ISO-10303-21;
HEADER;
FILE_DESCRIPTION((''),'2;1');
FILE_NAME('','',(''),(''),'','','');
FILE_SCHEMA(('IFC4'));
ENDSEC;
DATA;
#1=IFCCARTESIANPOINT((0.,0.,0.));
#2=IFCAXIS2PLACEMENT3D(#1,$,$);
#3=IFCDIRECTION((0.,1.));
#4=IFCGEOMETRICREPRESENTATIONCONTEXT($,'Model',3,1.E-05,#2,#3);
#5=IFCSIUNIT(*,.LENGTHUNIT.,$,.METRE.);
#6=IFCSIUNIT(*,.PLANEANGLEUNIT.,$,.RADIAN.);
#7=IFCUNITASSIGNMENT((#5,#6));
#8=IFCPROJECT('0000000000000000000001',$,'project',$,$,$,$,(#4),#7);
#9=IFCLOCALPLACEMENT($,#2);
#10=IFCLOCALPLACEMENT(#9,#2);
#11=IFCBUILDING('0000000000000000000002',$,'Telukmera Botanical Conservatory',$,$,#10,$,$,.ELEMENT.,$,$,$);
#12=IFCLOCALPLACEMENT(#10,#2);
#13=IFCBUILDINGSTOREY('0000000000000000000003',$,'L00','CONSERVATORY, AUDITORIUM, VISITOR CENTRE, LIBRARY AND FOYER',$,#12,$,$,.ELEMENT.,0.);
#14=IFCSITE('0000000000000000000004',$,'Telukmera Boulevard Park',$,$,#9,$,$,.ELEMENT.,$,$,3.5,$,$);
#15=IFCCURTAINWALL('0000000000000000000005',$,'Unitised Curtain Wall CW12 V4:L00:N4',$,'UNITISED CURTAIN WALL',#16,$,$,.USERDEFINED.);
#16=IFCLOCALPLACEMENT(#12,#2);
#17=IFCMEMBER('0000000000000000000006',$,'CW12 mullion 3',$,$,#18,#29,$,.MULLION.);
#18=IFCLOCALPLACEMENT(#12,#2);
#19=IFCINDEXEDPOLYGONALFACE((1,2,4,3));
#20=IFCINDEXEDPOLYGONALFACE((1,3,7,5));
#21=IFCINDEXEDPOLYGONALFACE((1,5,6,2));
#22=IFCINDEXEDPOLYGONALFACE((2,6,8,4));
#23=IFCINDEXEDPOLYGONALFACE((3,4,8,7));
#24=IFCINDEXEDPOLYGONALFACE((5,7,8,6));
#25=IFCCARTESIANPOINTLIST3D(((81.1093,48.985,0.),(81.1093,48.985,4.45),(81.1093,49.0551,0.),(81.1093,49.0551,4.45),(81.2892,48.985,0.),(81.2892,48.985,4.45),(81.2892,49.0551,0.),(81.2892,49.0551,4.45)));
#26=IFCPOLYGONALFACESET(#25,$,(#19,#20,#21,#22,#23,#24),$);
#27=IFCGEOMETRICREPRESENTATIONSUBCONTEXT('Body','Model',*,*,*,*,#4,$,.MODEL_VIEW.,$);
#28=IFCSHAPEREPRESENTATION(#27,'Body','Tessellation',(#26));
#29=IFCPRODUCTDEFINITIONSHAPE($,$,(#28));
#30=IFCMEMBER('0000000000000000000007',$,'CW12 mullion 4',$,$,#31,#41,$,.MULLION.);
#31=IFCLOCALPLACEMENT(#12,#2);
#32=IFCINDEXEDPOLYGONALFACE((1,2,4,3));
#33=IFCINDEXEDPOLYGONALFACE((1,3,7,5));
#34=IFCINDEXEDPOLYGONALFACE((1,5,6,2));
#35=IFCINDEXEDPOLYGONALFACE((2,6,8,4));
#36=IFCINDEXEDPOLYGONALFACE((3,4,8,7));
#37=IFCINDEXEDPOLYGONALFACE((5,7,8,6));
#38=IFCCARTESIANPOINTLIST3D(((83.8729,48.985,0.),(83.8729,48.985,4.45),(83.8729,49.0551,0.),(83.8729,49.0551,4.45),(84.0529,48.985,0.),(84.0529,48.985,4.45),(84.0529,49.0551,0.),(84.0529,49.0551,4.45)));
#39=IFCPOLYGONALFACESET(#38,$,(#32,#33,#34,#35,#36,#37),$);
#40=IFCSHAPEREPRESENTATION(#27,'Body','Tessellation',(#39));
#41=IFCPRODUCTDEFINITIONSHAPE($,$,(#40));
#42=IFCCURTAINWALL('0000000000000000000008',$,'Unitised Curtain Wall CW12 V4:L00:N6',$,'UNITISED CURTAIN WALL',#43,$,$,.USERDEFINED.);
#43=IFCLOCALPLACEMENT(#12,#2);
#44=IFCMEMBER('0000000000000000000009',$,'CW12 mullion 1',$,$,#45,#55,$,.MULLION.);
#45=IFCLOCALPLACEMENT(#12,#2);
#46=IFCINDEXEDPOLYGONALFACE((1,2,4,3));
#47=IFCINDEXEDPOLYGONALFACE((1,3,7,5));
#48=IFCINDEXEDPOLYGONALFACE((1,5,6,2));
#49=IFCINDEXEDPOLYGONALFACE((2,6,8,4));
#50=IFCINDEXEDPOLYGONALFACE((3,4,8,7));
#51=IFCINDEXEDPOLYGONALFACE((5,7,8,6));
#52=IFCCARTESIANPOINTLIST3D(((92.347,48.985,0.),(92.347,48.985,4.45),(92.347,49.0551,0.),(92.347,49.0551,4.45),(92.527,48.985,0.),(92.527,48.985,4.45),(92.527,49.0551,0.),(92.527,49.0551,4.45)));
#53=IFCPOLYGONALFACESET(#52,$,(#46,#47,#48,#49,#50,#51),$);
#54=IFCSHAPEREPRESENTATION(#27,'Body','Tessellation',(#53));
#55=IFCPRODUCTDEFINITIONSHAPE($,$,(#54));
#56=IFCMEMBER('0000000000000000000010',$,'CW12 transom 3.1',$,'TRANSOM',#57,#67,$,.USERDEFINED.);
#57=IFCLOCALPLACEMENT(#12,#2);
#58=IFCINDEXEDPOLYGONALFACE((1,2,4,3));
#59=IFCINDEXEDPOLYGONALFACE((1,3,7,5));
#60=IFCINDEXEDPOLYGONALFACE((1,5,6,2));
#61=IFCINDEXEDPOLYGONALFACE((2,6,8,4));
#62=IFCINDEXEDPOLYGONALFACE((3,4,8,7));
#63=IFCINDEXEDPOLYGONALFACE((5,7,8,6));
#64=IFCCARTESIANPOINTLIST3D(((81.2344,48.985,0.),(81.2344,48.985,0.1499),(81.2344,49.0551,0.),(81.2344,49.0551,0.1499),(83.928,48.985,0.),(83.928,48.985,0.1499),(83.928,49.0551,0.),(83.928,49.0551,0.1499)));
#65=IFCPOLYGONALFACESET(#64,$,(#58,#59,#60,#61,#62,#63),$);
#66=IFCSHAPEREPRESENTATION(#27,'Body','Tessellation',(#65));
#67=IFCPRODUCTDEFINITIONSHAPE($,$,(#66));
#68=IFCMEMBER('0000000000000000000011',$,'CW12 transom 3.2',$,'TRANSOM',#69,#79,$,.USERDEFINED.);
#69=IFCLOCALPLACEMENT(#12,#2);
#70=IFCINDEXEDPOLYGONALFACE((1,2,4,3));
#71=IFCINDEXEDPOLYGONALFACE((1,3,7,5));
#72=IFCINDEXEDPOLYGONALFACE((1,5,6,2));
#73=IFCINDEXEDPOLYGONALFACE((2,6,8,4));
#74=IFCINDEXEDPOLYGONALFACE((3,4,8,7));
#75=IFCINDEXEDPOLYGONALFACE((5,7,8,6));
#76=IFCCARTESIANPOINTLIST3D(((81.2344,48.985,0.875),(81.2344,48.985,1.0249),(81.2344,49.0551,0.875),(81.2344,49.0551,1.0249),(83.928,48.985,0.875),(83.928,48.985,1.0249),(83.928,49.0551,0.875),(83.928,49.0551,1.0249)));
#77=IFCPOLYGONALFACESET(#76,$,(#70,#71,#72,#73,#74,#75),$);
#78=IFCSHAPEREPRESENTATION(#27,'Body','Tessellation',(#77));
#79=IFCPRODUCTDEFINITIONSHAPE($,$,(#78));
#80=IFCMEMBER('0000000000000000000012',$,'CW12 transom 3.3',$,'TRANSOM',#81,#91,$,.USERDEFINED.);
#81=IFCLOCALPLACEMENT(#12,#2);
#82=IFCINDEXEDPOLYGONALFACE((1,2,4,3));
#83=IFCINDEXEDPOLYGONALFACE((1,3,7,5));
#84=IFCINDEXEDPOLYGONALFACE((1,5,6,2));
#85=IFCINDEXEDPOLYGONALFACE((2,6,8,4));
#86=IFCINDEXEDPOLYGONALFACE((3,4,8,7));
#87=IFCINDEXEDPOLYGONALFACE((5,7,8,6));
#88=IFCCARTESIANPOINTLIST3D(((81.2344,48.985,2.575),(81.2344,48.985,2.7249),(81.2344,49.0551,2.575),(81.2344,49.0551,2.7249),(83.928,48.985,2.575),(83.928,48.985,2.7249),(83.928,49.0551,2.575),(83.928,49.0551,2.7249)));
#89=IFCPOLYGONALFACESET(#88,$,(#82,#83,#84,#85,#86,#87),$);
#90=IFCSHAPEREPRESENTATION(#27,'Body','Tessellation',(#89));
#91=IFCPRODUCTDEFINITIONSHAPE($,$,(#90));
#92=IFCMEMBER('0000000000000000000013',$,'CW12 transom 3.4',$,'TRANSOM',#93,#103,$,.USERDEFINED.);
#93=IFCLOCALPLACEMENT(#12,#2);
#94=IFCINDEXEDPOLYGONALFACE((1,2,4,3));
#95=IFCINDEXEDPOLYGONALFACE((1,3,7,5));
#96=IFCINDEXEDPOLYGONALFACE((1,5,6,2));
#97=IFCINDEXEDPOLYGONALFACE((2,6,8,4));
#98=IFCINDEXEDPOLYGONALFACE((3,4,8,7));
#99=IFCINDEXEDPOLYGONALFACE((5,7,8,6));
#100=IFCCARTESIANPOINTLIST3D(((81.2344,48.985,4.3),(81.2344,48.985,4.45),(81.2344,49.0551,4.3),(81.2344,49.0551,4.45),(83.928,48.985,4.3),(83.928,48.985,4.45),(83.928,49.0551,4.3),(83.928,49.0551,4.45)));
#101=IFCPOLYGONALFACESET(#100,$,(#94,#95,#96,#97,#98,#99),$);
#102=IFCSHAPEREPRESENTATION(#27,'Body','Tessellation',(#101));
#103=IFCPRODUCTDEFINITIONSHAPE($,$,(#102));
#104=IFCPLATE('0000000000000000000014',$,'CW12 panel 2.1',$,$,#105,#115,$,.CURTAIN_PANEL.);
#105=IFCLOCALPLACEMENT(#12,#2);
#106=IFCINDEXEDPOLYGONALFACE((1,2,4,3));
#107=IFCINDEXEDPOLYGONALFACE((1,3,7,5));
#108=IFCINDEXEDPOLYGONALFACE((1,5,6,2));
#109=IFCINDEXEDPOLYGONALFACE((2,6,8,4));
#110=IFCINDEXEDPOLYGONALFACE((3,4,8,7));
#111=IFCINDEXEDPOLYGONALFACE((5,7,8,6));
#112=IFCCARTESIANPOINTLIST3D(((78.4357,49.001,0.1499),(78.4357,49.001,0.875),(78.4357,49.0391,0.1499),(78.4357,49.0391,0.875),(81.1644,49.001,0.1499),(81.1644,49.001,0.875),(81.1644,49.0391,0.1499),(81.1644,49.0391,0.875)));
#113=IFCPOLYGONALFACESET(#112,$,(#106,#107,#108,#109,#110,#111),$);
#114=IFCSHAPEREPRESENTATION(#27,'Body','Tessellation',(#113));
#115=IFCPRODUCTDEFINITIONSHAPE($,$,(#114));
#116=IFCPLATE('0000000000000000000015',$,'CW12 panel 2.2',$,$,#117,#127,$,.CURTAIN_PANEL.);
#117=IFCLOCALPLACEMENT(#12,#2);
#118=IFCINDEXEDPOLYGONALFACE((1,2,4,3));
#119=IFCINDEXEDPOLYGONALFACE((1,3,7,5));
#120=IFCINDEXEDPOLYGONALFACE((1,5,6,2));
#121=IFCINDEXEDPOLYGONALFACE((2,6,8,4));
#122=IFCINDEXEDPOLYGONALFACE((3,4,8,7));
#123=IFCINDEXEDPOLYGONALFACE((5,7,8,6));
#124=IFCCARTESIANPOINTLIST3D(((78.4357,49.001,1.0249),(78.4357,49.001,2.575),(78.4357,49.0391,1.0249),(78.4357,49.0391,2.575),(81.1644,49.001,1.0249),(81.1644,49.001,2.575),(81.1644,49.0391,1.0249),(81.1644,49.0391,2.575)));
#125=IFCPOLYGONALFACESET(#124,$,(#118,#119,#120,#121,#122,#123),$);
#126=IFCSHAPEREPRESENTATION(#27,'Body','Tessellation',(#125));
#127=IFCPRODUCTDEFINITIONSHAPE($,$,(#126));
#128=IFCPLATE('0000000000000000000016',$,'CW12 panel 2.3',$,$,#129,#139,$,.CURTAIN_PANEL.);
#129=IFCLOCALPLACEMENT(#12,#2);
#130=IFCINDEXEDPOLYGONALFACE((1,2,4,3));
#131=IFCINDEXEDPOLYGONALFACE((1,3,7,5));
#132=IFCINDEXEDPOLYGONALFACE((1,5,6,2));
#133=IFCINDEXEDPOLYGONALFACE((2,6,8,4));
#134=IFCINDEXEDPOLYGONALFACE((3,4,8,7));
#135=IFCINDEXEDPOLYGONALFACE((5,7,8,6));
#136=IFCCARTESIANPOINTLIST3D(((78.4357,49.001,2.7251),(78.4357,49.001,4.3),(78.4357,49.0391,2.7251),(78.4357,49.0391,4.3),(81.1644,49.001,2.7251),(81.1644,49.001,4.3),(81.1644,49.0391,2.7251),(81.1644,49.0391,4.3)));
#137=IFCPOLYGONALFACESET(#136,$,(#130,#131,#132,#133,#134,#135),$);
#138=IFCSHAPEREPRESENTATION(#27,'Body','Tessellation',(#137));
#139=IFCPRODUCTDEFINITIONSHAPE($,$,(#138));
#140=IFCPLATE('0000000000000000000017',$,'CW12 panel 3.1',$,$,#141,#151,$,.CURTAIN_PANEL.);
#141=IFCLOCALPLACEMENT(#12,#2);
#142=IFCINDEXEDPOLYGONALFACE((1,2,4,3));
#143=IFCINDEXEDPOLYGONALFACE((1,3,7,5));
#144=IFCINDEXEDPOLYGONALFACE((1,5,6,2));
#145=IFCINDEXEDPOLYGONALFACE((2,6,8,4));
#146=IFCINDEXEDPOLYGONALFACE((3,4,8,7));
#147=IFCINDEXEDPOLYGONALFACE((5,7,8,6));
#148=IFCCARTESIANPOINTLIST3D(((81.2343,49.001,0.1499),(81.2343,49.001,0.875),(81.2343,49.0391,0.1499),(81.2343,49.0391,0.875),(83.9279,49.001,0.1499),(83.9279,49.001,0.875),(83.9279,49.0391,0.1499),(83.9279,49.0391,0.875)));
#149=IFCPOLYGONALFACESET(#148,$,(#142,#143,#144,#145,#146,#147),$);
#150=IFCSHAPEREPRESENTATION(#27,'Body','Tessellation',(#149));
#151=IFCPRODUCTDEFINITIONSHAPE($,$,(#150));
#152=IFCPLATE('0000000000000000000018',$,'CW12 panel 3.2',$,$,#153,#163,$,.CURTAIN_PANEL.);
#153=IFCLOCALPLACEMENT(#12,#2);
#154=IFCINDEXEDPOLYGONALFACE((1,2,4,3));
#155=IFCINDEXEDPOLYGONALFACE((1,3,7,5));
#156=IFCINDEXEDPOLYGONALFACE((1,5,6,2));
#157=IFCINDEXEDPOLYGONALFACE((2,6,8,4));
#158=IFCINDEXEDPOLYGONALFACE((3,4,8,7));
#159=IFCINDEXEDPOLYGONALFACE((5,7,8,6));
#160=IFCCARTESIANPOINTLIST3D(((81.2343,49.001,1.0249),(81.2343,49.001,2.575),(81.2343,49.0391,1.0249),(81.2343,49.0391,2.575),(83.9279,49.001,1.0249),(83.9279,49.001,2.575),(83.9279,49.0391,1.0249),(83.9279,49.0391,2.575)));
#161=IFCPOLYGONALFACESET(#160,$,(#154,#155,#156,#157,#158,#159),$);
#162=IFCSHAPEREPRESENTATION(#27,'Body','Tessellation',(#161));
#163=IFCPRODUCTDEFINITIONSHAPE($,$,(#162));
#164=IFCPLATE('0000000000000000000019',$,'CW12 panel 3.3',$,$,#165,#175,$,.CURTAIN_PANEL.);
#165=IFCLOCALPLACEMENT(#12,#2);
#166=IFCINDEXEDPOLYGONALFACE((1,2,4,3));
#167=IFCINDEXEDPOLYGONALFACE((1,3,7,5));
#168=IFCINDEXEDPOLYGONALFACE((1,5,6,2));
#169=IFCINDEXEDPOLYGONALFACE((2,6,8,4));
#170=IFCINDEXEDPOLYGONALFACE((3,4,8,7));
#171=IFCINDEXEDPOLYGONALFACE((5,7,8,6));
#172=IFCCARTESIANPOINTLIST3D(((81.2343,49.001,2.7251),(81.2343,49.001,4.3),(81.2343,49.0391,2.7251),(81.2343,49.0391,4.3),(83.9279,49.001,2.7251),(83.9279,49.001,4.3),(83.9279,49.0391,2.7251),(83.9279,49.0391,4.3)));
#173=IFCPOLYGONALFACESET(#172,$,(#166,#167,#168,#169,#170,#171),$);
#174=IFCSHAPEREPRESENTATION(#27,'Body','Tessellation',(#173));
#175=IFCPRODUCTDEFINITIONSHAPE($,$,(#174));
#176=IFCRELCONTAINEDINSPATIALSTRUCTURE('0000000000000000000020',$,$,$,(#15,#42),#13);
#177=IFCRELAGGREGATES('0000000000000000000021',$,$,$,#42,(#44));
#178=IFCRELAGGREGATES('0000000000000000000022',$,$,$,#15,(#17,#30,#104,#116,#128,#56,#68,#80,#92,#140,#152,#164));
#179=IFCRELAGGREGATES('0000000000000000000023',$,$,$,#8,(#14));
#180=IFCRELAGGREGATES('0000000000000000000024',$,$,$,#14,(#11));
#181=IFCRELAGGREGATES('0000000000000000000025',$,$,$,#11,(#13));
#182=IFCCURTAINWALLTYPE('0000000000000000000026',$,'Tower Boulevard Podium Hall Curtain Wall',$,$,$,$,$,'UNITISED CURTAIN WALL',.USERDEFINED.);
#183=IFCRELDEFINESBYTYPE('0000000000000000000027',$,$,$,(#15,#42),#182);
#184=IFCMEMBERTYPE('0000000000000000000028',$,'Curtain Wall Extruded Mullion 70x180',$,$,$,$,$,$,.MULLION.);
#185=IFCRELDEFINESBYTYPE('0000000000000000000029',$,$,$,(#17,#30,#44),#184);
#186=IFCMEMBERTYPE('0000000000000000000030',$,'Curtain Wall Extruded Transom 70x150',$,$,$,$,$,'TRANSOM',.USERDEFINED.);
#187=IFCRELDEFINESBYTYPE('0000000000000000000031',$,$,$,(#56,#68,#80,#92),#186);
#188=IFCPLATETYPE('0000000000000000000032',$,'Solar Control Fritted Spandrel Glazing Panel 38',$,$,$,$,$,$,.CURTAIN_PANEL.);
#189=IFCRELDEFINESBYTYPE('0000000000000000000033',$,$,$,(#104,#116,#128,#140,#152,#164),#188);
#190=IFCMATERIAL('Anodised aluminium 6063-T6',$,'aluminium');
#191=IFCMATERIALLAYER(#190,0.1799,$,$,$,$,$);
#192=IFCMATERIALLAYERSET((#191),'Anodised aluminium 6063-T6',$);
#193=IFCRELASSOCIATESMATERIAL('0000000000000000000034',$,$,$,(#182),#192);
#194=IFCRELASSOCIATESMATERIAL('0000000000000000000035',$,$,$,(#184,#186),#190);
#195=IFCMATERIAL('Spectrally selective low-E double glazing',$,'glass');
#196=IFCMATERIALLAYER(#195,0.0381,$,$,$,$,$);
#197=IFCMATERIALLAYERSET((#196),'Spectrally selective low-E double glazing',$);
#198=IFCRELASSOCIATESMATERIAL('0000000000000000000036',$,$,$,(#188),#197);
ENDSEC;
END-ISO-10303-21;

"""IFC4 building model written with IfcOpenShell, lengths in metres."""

from ifc_helpers import new_model, si_unit, direction, frame, origin, origin_2d, place, context, subcontext, project, spatial, rectangle, extrude, material, layer, layer_set, material_profile, profile_set, type_object, element, aggregate, save


model = new_model("IFC4")

# Units and contexts
model_context = context("Model", 3, precision=1e-05, world=origin(), true_north=direction((0.0, 1.0)))
body_context = subcontext(model_context, "Body", "Model", "MODEL_VIEW")
ifc_project = project(units=[si_unit("LENGTHUNIT", "METRE"), si_unit("PLANEANGLEUNIT", "RADIAN")], contexts=[model_context])

# Site, building, storey
site_placement = place(None, origin())
site = spatial("IfcSite", under=ifc_project, at=site_placement, Name="Telukmera Boulevard Park", CompositionType="ELEMENT", RefElevation=3.5)
building_placement = place(site_placement, origin())
building = spatial("IfcBuilding", under=site, at=building_placement, Name="Telukmera Botanical Conservatory", CompositionType="ELEMENT")
storey_placement = place(building_placement, origin())
storey = spatial("IfcBuildingStorey", under=building, at=storey_placement, Name="L00", Description="CONSERVATORY, AUDITORIUM, VISITOR CENTRE, LIBRARY AND FOYER", CompositionType="ELEMENT", Elevation=0.0)

# Curtain wall, members
ifc_material_1 = material(Name="Anodised aluminium 6063-T6", Category="aluminium")
ifc_layer_1 = layer(ifc_material_1, 0.1799)
ifc_layer_set_1 = layer_set([ifc_layer_1], Name="Anodised aluminium 6063-T6")
curtain_wall_type = type_object("IfcCurtainWallType", Name="Tower Boulevard Podium Hall Curtain Wall", ElementType="UNITISED CURTAIN WALL", PredefinedType="USERDEFINED", material=ifc_layer_set_1)
curtain_wall_1_placement = place(storey_placement, origin())
curtain_wall_1 = element("IfcCurtainWall", 1, at=curtain_wall_1_placement, inside=storey, type_object=curtain_wall_type, Name="Unitised Curtain Wall CW12 V4:L00:N4", ObjectType="UNITISED CURTAIN WALL", PredefinedType="USERDEFINED")
ifc_material_profile_1 = material_profile(ifc_material_1, rectangle(XDim=0.0701, YDim=0.1799, at=origin_2d()), Name="ALU MULL 70x180")
ifc_profile_set_1 = profile_set([ifc_material_profile_1], Name="Anodised aluminium 6063-T6")
member_type_1 = type_object("IfcMemberType", Name="Curtain Wall Extruded Mullion 70x180", PredefinedType="MULLION", material=ifc_profile_set_1)
member_1_placement = place(storey_placement, frame((81.1992, 49.02, 0.0), z_axis=(0.0, 0.0, 1.0), x_axis=(0.0, 1.0, 0.0)))
member_1 = element("IfcMember", 2, at=member_1_placement, type_object=member_type_1, Name="CW12 mullion 3", PredefinedType="MULLION", context=body_context, shape_type="SweptSolid", body=[
    extrude(rectangle(XDim=0.0701, YDim=0.1799, at=origin_2d()), origin(), (0.0, 0.0, 1.0), 4.45),
])
member_2_placement = place(storey_placement, frame((83.9629, 49.02, 0.0), z_axis=(0.0, 0.0, 1.0), x_axis=(0.0, 1.0, 0.0)))
member_2 = element("IfcMember", 3, at=member_2_placement, type_object=member_type_1, Name="CW12 mullion 4", PredefinedType="MULLION", context=body_context, shape_type="SweptSolid", body=[
    extrude(rectangle(XDim=0.0701, YDim=0.1799, at=origin_2d()), origin(), (0.0, 0.0, 1.0), 4.45),
])

# Curtain wall, member
curtain_wall_2_placement = place(storey_placement, origin())
curtain_wall_2 = element("IfcCurtainWall", 4, at=curtain_wall_2_placement, inside=storey, type_object=curtain_wall_type, Name="Unitised Curtain Wall CW12 V4:L00:N6", ObjectType="UNITISED CURTAIN WALL", PredefinedType="USERDEFINED")
member_3_placement = place(storey_placement, frame((92.437, 49.02, 0.0), z_axis=(0.0, 0.0, 1.0), x_axis=(0.0, 1.0, 0.0)))
member_3 = element("IfcMember", 5, at=member_3_placement, type_object=member_type_1, Name="CW12 mullion 1", PredefinedType="MULLION", context=body_context, shape_type="SweptSolid", body=[
    extrude(rectangle(XDim=0.0701, YDim=0.1799, at=origin_2d()), origin(), (0.0, 0.0, 1.0), 4.45),
])
aggregate(curtain_wall_2, [member_3])

# Members
ifc_material_profile_2 = material_profile(ifc_material_1, rectangle(XDim=0.0701, YDim=0.1499, at=origin_2d()), Name="ALU TRAN 70x150")
ifc_profile_set_2 = profile_set([ifc_material_profile_2], Name="Anodised aluminium 6063-T6")
member_type_2 = type_object("IfcMemberType", Name="Curtain Wall Extruded Transom 70x150", ElementType="TRANSOM", PredefinedType="USERDEFINED", material=ifc_profile_set_2)
member_4_placement = place(storey_placement, frame((81.2344, 49.02, 0.075), z_axis=(1.0, 0.0, 0.0), x_axis=(0.0, 1.0, 0.0)))
member_4 = element("IfcMember", 6, at=member_4_placement, type_object=member_type_2, Name="CW12 transom 3.1", ObjectType="TRANSOM", PredefinedType="USERDEFINED", context=body_context, shape_type="SweptSolid", body=[
    extrude(rectangle(XDim=0.0701, YDim=0.1499, at=origin_2d()), origin(), (0.0, 0.0, 1.0), 2.6936),
])
member_5_placement = place(storey_placement, frame((81.2344, 49.02, 0.95), z_axis=(1.0, 0.0, 0.0), x_axis=(0.0, 1.0, 0.0)))
member_5 = element("IfcMember", 7, at=member_5_placement, type_object=member_type_2, Name="CW12 transom 3.2", ObjectType="TRANSOM", PredefinedType="USERDEFINED", context=body_context, shape_type="SweptSolid", body=[
    extrude(rectangle(XDim=0.0701, YDim=0.1499, at=origin_2d()), origin(), (0.0, 0.0, 1.0), 2.6936),
])
member_6_placement = place(storey_placement, frame((81.2344, 49.02, 2.6499), z_axis=(1.0, 0.0, 0.0), x_axis=(0.0, 1.0, 0.0)))
member_6 = element("IfcMember", 8, at=member_6_placement, type_object=member_type_2, Name="CW12 transom 3.3", ObjectType="TRANSOM", PredefinedType="USERDEFINED", context=body_context, shape_type="SweptSolid", body=[
    extrude(rectangle(XDim=0.0701, YDim=0.1499, at=origin_2d()), origin(), (0.0, 0.0, 1.0), 2.6936),
])
member_7_placement = place(storey_placement, frame((81.2344, 49.02, 4.375), z_axis=(1.0, 0.0, 0.0), x_axis=(0.0, 1.0, 0.0)))
member_7 = element("IfcMember", 9, at=member_7_placement, type_object=member_type_2, Name="CW12 transom 3.4", ObjectType="TRANSOM", PredefinedType="USERDEFINED", context=body_context, shape_type="SweptSolid", body=[
    extrude(rectangle(XDim=0.0701, YDim=0.1499, at=origin_2d()), origin(), (0.0, 0.0, 1.0), 2.6936),
])

# Plates
ifc_material_2 = material(Name="Spectrally selective low-E double glazing", Category="glass")
ifc_layer_2 = layer(ifc_material_2, 0.0381)
ifc_layer_set_2 = layer_set([ifc_layer_2], Name="Spectrally selective low-E double glazing")
plate_type = type_object("IfcPlateType", Name="Solar Control Fritted Spandrel Glazing Panel 38", PredefinedType="CURTAIN_PANEL", material=ifc_layer_set_2)
plate_1_placement = place(storey_placement, frame((79.8, 49.02, 0.1499), z_axis=(0.0, 0.0, 1.0), x_axis=(1.0, 0.0, 0.0)))
plate_1 = element("IfcPlate", 10, at=plate_1_placement, type_object=plate_type, Name="CW12 panel 2.1", PredefinedType="CURTAIN_PANEL", context=body_context, shape_type="SweptSolid", body=[
    extrude(rectangle(XDim=2.7288, YDim=0.0381, at=origin_2d()), origin(), (0.0, 0.0, 1.0), 0.7251),
])
plate_2_placement = place(storey_placement, frame((79.8, 49.02, 1.0249), z_axis=(0.0, 0.0, 1.0), x_axis=(1.0, 0.0, 0.0)))
plate_2 = element("IfcPlate", 11, at=plate_2_placement, type_object=plate_type, Name="CW12 panel 2.2", PredefinedType="CURTAIN_PANEL", context=body_context, shape_type="SweptSolid", body=[
    extrude(rectangle(XDim=2.7288, YDim=0.0381, at=origin_2d()), origin(), (0.0, 0.0, 1.0), 1.55),
])
plate_3_placement = place(storey_placement, frame((79.8, 49.02, 2.7251), z_axis=(0.0, 0.0, 1.0), x_axis=(1.0, 0.0, 0.0)))
plate_3 = element("IfcPlate", 12, at=plate_3_placement, type_object=plate_type, Name="CW12 panel 2.3", PredefinedType="CURTAIN_PANEL", context=body_context, shape_type="SweptSolid", body=[
    extrude(rectangle(XDim=2.7288, YDim=0.0381, at=origin_2d()), origin(), (0.0, 0.0, 1.0), 1.575),
])
plate_4_placement = place(storey_placement, frame((82.5811, 49.02, 0.1499), z_axis=(0.0, 0.0, 1.0), x_axis=(1.0, 0.0, 0.0)))
plate_4 = element("IfcPlate", 13, at=plate_4_placement, type_object=plate_type, Name="CW12 panel 3.1", PredefinedType="CURTAIN_PANEL", context=body_context, shape_type="SweptSolid", body=[
    extrude(rectangle(XDim=2.6936, YDim=0.0381, at=origin_2d()), origin(), (0.0, 0.0, 1.0), 0.7251),
])
plate_5_placement = place(storey_placement, frame((82.5811, 49.02, 1.0249), z_axis=(0.0, 0.0, 1.0), x_axis=(1.0, 0.0, 0.0)))
plate_5 = element("IfcPlate", 14, at=plate_5_placement, type_object=plate_type, Name="CW12 panel 3.2", PredefinedType="CURTAIN_PANEL", context=body_context, shape_type="SweptSolid", body=[
    extrude(rectangle(XDim=2.6936, YDim=0.0381, at=origin_2d()), origin(), (0.0, 0.0, 1.0), 1.55),
])
plate_6_placement = place(storey_placement, frame((82.5811, 49.02, 2.7251), z_axis=(0.0, 0.0, 1.0), x_axis=(1.0, 0.0, 0.0)))
plate_6 = element("IfcPlate", 15, at=plate_6_placement, type_object=plate_type, Name="CW12 panel 3.3", PredefinedType="CURTAIN_PANEL", context=body_context, shape_type="SweptSolid", body=[
    extrude(rectangle(XDim=2.6936, YDim=0.0381, at=origin_2d()), origin(), (0.0, 0.0, 1.0), 1.575),
])
aggregate(curtain_wall_1, [member_1, member_2, plate_1, plate_2, plate_3, member_4, member_5, member_6, member_7, plate_4, plate_5, plate_6])

save(model, "model.ifc")
